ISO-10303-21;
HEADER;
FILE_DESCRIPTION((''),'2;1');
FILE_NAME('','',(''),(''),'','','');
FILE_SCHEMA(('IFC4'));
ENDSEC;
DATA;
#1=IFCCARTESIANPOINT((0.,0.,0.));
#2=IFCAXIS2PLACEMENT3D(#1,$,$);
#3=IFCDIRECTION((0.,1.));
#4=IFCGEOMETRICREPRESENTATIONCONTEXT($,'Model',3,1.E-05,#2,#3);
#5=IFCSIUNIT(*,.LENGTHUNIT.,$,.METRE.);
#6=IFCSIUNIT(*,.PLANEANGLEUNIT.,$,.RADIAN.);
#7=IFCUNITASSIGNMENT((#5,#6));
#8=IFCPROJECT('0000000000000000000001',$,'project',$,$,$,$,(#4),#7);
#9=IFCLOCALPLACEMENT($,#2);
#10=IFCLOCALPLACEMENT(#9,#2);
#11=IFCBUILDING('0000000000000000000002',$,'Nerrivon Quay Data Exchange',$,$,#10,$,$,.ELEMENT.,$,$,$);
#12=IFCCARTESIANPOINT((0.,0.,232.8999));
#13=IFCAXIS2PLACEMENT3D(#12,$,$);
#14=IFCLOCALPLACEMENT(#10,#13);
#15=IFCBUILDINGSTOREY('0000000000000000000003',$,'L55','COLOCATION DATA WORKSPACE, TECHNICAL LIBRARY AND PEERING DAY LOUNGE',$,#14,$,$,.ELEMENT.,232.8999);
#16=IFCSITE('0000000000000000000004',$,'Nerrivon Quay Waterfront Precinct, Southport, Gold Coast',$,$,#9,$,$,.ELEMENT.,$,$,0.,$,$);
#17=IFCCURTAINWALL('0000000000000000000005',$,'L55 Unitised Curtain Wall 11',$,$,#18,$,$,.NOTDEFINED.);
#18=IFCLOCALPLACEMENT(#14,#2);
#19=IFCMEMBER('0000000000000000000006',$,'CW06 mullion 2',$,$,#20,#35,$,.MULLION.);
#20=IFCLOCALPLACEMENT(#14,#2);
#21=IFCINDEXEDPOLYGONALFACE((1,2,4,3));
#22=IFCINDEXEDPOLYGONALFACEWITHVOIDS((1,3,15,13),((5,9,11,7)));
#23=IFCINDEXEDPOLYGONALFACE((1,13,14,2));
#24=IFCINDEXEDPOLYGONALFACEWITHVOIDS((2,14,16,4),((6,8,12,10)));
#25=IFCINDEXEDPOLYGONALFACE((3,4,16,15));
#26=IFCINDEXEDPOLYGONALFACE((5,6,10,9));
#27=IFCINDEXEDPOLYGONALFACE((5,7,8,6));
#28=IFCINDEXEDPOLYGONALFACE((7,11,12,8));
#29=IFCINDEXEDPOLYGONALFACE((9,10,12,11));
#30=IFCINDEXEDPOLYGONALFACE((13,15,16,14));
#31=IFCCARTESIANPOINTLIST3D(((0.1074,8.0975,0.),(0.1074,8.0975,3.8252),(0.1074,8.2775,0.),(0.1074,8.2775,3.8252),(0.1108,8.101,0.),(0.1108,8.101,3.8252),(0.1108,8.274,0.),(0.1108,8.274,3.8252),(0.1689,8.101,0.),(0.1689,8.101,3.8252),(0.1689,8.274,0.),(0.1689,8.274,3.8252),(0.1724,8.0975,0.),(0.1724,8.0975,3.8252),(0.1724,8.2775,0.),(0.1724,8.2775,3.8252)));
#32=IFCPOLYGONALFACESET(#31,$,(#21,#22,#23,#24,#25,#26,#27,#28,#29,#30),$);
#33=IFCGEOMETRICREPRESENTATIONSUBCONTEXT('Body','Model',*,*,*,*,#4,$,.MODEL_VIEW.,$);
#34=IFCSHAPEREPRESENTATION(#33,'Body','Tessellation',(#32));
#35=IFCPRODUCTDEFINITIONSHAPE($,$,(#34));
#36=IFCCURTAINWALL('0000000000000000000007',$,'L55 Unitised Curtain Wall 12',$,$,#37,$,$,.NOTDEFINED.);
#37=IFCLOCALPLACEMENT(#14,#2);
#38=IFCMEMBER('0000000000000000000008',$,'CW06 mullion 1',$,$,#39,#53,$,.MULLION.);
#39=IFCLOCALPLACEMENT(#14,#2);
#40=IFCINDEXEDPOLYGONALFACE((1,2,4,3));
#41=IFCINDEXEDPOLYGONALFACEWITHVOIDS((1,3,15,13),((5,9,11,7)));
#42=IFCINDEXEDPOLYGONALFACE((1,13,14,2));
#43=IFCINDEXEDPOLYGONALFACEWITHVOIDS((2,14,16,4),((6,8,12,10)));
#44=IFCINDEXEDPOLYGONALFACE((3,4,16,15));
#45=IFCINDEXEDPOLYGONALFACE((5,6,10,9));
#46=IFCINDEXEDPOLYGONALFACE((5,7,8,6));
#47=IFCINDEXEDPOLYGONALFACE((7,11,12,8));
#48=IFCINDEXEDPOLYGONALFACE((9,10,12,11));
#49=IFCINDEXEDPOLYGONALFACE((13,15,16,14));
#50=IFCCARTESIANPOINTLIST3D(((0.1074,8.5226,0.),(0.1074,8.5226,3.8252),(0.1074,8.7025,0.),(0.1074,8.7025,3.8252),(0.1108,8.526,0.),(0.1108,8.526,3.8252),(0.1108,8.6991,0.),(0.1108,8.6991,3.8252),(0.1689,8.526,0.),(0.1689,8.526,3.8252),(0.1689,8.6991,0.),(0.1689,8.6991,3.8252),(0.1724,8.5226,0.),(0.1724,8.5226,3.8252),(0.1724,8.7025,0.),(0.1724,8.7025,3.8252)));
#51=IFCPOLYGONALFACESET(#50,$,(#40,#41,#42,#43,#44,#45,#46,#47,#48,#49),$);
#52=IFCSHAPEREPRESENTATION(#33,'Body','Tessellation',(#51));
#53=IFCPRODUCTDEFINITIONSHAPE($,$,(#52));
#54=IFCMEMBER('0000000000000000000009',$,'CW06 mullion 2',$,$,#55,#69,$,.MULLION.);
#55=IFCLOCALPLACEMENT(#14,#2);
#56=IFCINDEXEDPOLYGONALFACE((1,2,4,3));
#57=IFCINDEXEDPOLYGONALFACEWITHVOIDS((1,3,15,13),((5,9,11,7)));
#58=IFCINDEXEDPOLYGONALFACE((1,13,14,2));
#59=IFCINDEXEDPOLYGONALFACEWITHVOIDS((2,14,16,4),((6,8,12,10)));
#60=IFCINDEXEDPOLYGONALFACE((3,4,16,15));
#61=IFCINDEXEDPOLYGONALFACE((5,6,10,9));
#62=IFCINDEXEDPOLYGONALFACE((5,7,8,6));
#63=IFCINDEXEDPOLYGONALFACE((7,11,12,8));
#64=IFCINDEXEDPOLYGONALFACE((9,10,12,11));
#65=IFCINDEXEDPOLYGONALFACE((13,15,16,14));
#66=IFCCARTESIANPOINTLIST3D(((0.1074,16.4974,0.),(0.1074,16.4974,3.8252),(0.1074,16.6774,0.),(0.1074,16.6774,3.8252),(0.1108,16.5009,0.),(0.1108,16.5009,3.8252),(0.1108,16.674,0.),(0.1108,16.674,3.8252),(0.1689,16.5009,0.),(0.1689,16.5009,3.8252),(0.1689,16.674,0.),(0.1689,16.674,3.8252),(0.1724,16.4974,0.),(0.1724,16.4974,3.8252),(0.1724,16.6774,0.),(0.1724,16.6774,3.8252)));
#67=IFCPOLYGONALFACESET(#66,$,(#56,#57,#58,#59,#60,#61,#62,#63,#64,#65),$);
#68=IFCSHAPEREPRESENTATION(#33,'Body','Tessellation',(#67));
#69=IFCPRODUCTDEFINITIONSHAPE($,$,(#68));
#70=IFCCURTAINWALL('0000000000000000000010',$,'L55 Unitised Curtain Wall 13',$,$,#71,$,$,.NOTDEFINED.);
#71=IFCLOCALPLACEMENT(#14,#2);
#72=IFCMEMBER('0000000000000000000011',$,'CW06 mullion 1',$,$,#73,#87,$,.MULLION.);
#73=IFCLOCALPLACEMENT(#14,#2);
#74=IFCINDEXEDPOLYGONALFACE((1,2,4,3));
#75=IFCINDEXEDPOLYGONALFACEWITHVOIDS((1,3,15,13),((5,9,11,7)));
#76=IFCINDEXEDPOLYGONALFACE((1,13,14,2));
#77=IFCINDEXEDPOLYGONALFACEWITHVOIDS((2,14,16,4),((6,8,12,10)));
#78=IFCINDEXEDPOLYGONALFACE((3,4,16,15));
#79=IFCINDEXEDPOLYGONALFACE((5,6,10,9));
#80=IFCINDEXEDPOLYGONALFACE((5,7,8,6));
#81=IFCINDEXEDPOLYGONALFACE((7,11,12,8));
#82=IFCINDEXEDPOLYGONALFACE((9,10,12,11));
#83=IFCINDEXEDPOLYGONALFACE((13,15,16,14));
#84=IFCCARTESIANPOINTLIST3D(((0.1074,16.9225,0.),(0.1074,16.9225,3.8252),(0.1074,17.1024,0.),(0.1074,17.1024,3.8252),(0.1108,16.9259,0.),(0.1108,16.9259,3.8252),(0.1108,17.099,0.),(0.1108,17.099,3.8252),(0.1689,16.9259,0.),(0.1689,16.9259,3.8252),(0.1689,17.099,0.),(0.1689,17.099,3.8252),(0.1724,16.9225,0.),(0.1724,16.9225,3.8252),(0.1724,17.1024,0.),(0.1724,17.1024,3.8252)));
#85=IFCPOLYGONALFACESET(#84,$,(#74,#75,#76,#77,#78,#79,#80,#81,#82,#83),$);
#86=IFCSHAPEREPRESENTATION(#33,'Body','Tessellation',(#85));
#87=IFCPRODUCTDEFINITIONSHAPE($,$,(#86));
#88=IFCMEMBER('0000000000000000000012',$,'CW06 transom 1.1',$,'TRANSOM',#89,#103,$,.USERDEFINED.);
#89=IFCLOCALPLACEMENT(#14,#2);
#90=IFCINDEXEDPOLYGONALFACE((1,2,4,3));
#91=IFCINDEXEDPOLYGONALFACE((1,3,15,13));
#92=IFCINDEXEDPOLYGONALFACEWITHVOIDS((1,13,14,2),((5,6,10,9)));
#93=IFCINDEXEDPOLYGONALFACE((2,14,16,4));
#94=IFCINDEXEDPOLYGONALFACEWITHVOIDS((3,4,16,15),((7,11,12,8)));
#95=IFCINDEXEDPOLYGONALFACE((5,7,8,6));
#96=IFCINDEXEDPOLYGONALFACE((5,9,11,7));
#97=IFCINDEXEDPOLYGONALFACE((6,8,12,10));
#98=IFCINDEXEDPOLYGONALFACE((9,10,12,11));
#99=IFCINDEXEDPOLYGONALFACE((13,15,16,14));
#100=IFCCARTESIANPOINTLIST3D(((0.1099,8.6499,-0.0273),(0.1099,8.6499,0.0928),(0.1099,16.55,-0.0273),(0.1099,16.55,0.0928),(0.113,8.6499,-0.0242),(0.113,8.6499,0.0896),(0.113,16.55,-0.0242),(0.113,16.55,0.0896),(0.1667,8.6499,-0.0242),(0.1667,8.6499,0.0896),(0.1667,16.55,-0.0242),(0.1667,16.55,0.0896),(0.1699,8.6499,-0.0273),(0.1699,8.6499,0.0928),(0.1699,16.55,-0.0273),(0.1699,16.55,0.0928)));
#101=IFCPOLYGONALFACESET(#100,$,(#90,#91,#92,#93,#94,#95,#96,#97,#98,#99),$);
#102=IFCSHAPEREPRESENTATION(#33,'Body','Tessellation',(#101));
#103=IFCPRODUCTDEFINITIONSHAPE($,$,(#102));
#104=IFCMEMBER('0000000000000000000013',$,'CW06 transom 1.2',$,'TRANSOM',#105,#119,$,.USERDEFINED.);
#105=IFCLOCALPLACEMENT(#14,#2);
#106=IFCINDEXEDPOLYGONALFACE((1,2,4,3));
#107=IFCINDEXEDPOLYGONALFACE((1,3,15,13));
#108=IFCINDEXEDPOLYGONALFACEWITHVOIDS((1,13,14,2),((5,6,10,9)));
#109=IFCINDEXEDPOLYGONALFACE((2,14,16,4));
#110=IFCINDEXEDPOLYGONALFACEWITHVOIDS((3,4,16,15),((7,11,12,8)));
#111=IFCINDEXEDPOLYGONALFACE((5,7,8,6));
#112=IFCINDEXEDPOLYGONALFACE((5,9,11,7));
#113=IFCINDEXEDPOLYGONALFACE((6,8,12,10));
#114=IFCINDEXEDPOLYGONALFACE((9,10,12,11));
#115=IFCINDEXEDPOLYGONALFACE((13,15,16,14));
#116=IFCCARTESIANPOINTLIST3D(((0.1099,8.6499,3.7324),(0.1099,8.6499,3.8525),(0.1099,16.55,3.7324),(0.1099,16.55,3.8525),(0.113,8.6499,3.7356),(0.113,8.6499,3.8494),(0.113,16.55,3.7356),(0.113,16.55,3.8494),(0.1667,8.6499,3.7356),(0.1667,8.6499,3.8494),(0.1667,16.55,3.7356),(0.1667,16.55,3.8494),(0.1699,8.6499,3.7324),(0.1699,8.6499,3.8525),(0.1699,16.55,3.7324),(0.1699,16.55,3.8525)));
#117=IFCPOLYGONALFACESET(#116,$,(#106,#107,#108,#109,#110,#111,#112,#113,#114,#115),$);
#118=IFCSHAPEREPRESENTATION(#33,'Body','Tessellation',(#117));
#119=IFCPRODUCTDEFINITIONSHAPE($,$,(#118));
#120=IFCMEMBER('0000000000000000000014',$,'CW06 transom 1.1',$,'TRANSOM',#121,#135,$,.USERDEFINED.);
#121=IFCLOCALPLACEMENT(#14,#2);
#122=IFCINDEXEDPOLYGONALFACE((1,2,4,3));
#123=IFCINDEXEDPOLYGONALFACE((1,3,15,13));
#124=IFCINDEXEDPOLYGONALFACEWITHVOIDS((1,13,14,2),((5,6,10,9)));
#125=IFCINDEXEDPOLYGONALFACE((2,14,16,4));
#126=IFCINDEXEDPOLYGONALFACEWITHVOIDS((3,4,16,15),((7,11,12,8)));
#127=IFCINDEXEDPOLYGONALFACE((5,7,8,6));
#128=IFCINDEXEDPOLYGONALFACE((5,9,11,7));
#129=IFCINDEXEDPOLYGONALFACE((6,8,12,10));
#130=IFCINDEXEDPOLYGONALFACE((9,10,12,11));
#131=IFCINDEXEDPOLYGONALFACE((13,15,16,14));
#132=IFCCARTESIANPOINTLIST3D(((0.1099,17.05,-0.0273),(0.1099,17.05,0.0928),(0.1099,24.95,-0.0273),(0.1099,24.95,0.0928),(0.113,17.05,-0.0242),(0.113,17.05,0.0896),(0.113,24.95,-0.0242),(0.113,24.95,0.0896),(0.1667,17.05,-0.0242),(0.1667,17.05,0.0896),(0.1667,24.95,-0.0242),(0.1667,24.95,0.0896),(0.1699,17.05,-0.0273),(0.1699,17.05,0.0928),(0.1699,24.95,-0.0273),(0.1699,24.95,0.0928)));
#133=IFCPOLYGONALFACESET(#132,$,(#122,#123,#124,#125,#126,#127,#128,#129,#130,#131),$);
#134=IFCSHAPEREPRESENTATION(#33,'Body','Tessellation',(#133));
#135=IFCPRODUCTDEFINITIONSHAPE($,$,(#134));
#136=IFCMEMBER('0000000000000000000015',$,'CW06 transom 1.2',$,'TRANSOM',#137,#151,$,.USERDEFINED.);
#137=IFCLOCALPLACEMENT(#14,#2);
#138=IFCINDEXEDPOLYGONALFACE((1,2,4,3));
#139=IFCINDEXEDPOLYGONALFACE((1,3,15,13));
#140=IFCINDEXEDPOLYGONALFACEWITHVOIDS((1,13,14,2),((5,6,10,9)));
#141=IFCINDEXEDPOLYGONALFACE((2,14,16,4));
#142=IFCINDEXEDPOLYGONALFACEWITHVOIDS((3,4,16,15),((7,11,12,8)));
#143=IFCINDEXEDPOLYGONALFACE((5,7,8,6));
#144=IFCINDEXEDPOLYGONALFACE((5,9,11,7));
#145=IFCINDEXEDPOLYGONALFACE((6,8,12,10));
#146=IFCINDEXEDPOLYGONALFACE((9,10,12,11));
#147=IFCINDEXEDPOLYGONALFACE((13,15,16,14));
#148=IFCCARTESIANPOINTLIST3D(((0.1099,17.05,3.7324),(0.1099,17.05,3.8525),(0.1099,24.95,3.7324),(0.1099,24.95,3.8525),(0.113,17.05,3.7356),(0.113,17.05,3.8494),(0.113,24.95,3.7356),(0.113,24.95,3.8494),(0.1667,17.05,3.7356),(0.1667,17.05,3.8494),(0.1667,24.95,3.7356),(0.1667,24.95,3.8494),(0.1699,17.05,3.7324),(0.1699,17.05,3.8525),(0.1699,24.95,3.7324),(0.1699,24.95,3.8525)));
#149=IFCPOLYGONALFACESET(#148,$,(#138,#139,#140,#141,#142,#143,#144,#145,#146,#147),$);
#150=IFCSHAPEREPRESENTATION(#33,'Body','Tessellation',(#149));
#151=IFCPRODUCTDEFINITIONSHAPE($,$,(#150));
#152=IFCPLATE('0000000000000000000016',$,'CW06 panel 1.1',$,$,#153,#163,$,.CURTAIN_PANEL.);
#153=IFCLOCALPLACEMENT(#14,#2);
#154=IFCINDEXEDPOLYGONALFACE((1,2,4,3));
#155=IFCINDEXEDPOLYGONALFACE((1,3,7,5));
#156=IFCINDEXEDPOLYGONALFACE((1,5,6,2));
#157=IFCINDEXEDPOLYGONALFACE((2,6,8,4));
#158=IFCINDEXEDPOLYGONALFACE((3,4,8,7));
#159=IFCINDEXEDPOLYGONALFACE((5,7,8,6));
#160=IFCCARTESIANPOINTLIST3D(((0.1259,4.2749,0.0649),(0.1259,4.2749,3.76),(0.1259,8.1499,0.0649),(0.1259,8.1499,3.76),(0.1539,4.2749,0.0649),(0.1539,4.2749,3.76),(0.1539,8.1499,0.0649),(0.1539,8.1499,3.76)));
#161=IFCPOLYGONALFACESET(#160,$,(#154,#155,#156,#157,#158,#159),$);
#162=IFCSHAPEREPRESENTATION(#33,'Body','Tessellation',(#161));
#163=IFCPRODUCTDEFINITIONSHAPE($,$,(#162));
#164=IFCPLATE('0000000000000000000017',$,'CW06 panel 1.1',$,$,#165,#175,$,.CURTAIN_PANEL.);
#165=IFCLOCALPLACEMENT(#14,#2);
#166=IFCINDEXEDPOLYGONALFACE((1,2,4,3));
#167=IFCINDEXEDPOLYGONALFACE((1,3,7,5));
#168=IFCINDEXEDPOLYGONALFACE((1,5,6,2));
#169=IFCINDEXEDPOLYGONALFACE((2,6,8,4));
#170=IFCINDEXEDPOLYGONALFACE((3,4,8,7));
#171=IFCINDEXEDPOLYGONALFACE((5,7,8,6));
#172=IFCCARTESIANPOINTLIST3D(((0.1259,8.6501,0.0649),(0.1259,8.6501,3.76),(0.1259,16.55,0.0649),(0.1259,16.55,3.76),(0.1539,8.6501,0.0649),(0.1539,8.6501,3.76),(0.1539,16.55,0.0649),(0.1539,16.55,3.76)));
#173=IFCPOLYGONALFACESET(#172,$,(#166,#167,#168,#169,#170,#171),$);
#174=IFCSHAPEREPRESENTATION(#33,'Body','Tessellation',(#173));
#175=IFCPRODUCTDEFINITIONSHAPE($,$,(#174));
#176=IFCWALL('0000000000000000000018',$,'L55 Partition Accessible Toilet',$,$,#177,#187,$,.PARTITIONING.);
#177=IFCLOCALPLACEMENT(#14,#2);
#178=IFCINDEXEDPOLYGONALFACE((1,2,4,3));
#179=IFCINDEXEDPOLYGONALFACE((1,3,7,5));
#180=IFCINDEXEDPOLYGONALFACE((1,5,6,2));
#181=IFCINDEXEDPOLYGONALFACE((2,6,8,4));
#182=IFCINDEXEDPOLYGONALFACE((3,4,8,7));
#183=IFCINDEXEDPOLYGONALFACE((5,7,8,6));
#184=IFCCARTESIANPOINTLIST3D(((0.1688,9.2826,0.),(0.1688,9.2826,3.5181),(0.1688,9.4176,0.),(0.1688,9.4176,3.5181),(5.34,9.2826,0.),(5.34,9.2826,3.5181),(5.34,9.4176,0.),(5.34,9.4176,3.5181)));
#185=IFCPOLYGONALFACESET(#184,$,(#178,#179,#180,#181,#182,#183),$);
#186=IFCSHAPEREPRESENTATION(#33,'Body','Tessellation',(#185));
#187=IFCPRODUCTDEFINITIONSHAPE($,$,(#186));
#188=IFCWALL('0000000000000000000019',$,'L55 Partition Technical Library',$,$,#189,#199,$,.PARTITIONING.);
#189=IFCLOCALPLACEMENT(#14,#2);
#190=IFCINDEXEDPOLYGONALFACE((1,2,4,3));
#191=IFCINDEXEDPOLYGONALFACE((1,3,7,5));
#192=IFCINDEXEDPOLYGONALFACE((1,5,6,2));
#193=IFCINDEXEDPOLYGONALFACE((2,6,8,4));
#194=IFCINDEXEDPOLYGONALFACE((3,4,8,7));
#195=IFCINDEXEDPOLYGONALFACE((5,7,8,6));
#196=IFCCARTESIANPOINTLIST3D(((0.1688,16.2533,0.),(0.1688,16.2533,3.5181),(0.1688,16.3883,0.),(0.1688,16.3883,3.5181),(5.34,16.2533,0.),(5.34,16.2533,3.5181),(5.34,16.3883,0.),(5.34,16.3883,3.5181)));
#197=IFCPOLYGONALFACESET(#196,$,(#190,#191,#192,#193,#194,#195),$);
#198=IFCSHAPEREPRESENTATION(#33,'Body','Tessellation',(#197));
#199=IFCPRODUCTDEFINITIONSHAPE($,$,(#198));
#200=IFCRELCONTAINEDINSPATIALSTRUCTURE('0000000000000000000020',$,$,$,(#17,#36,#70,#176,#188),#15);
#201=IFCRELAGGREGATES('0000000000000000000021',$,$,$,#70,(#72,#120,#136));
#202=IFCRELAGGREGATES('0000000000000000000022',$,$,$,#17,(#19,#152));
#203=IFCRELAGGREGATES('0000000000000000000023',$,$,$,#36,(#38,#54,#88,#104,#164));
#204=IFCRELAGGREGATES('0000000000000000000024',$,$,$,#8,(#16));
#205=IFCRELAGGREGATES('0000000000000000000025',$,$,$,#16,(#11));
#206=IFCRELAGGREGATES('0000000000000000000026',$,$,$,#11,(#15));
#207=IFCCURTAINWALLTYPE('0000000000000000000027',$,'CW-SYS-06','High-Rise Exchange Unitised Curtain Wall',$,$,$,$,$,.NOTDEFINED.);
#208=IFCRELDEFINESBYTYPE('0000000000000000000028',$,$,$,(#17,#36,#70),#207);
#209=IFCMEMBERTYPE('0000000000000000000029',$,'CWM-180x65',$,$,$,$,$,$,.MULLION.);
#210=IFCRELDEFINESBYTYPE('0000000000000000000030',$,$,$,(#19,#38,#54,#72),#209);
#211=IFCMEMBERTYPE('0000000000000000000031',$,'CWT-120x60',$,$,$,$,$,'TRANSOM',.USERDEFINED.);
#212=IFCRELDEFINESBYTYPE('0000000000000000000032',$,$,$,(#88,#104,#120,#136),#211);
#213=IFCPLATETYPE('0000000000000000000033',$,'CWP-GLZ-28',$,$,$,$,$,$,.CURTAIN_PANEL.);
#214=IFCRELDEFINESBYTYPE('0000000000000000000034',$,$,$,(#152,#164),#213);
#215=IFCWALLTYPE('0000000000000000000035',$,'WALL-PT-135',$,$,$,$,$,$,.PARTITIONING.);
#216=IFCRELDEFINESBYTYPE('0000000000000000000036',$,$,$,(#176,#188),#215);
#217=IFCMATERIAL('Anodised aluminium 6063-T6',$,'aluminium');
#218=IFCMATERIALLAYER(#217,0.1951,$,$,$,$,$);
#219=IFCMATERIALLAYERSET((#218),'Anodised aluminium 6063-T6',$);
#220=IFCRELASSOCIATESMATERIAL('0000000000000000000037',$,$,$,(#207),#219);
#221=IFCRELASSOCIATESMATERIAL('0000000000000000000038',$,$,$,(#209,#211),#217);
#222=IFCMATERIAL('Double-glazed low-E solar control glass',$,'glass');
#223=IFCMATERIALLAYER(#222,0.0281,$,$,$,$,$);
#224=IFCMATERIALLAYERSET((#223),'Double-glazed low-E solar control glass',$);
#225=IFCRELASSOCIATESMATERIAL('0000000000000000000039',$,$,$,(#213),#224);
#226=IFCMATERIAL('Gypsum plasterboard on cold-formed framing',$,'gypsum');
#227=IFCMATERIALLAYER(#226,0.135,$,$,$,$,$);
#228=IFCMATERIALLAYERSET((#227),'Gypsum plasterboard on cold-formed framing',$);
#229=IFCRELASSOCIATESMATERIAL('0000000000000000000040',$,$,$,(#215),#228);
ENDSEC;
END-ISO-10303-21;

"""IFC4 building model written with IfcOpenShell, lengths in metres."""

from ifc_helpers import new_model, si_unit, direction, frame, frame_2d, origin, origin_2d, place, context, subcontext, project, spatial, rectangle, hollow_rectangle, extrude, material, layer, layer_set, material_profile, profile_set, type_object, element, aggregate, save


model = new_model("IFC4")

# Units and contexts
model_context = context("Model", 3, precision=1e-05, world=origin(), true_north=direction((0.0, 1.0)))
body_context = subcontext(model_context, "Body", "Model", "MODEL_VIEW")
ifc_project = project(units=[si_unit("LENGTHUNIT", "METRE"), si_unit("PLANEANGLEUNIT", "RADIAN")], contexts=[model_context])

# Site, building, storey
site_placement = place(None, origin())
site = spatial("IfcSite", under=ifc_project, at=site_placement, Name="Nerrivon Quay Waterfront Precinct, Southport, Gold Coast", CompositionType="ELEMENT", RefElevation=0.0)
building_placement = place(site_placement, origin())
building = spatial("IfcBuilding", under=site, at=building_placement, Name="Nerrivon Quay Data Exchange", CompositionType="ELEMENT")
storey_placement = place(building_placement, frame((0.0, 0.0, 232.8999)))
storey = spatial("IfcBuildingStorey", under=building, at=storey_placement, Name="L55", Description="COLOCATION DATA WORKSPACE, TECHNICAL LIBRARY AND PEERING DAY LOUNGE", CompositionType="ELEMENT", Elevation=232.8999)

# Curtain wall, member
ifc_material_1 = material(Name="Anodised aluminium 6063-T6", Category="aluminium")
ifc_layer_1 = layer(ifc_material_1, 0.1951)
ifc_layer_set_1 = layer_set([ifc_layer_1], Name="Anodised aluminium 6063-T6")
curtain_wall_type = type_object("IfcCurtainWallType", Name="CW-SYS-06", Description="High-Rise Exchange Unitised Curtain Wall", PredefinedType="NOTDEFINED", material=ifc_layer_set_1)
curtain_wall_1_placement = place(storey_placement, origin())
curtain_wall_1 = element("IfcCurtainWall", 1, at=curtain_wall_1_placement, inside=storey, type_object=curtain_wall_type, Name="L55 Unitised Curtain Wall 11", PredefinedType="NOTDEFINED")
ifc_material_profile_1 = material_profile(ifc_material_1, hollow_rectangle(XDim=0.0649, YDim=0.1799, WallThickness=0.0034, at=origin_2d()), Name="ALU-MULL-180x65")
ifc_profile_set_1 = profile_set([ifc_material_profile_1], Name="Anodised aluminium 6063-T6")
member_type_1 = type_object("IfcMemberType", Name="CWM-180x65", PredefinedType="MULLION", material=ifc_profile_set_1)
member_1_placement = place(storey_placement, frame((0.1399, 8.1875, 0.0), z_axis=(0.0, 0.0, 1.0), x_axis=(-1.0, 0.0, 0.0)))
member_1 = element("IfcMember", 2, at=member_1_placement, type_object=member_type_1, Name="CW06 mullion 2", PredefinedType="MULLION", context=body_context, shape_type="SweptSolid", body=[
    extrude(hollow_rectangle(XDim=0.0649, YDim=0.1799, WallThickness=0.0034, at=origin_2d()), origin(), (0.0, 0.0, 1.0), 3.8252),
])

# Curtain wall, members
curtain_wall_2_placement = place(storey_placement, origin())
curtain_wall_2 = element("IfcCurtainWall", 3, at=curtain_wall_2_placement, inside=storey, type_object=curtain_wall_type, Name="L55 Unitised Curtain Wall 12", PredefinedType="NOTDEFINED")
member_2_placement = place(storey_placement, frame((0.1399, 8.6125, 0.0), z_axis=(0.0, 0.0, 1.0), x_axis=(-1.0, 0.0, 0.0)))
member_2 = element("IfcMember", 4, at=member_2_placement, type_object=member_type_1, Name="CW06 mullion 1", PredefinedType="MULLION", context=body_context, shape_type="SweptSolid", body=[
    extrude(hollow_rectangle(XDim=0.0649, YDim=0.1799, WallThickness=0.0034, at=origin_2d()), origin(), (0.0, 0.0, 1.0), 3.8252),
])
member_3_placement = place(storey_placement, frame((0.1399, 16.5874, 0.0), z_axis=(0.0, 0.0, 1.0), x_axis=(-1.0, 0.0, 0.0)))
member_3 = element("IfcMember", 5, at=member_3_placement, type_object=member_type_1, Name="CW06 mullion 2", PredefinedType="MULLION", context=body_context, shape_type="SweptSolid", body=[
    extrude(hollow_rectangle(XDim=0.0649, YDim=0.1799, WallThickness=0.0034, at=origin_2d()), origin(), (0.0, 0.0, 1.0), 3.8252),
])

# Curtain wall, member
curtain_wall_3_placement = place(storey_placement, origin())
curtain_wall_3 = element("IfcCurtainWall", 6, at=curtain_wall_3_placement, inside=storey, type_object=curtain_wall_type, Name="L55 Unitised Curtain Wall 13", PredefinedType="NOTDEFINED")
member_4_placement = place(storey_placement, frame((0.1399, 17.0125, 0.0), z_axis=(0.0, 0.0, 1.0), x_axis=(-1.0, 0.0, 0.0)))
member_4 = element("IfcMember", 7, at=member_4_placement, type_object=member_type_1, Name="CW06 mullion 1", PredefinedType="MULLION", context=body_context, shape_type="SweptSolid", body=[
    extrude(hollow_rectangle(XDim=0.0649, YDim=0.1799, WallThickness=0.0034, at=origin_2d()), origin(), (0.0, 0.0, 1.0), 3.8252),
])

# Members
ifc_material_profile_2 = material_profile(ifc_material_1, hollow_rectangle(XDim=0.0601, YDim=0.1201, WallThickness=0.0032, at=origin_2d()), Name="ALU-TRAN-120x60")
ifc_profile_set_2 = profile_set([ifc_material_profile_2], Name="Anodised aluminium 6063-T6")
member_type_2 = type_object("IfcMemberType", Name="CWT-120x60", ElementType="TRANSOM", PredefinedType="USERDEFINED", material=ifc_profile_set_2)
member_5_placement = place(storey_placement, frame((0.1399, 8.6499, 0.0327), z_axis=(0.0, 1.0, 0.0), x_axis=(-1.0, 0.0, 0.0)))
member_5 = element("IfcMember", 8, at=member_5_placement, type_object=member_type_2, Name="CW06 transom 1.1", ObjectType="TRANSOM", PredefinedType="USERDEFINED", context=body_context, shape_type="SweptSolid", body=[
    extrude(hollow_rectangle(XDim=0.0601, YDim=0.1201, WallThickness=0.0032, at=origin_2d()), origin(), (0.0, 0.0, 1.0), 7.9001),
])
member_6_placement = place(storey_placement, frame((0.1399, 8.6499, 3.7925), z_axis=(0.0, 1.0, 0.0), x_axis=(-1.0, 0.0, 0.0)))
member_6 = element("IfcMember", 9, at=member_6_placement, type_object=member_type_2, Name="CW06 transom 1.2", ObjectType="TRANSOM", PredefinedType="USERDEFINED", context=body_context, shape_type="SweptSolid", body=[
    extrude(hollow_rectangle(XDim=0.0601, YDim=0.1201, WallThickness=0.0032, at=origin_2d()), origin(), (0.0, 0.0, 1.0), 7.9001),
])
member_7_placement = place(storey_placement, frame((0.1399, 17.05, 0.0327), z_axis=(0.0, 1.0, 0.0), x_axis=(-1.0, 0.0, 0.0)))
member_7 = element("IfcMember", 10, at=member_7_placement, type_object=member_type_2, Name="CW06 transom 1.1", ObjectType="TRANSOM", PredefinedType="USERDEFINED", context=body_context, shape_type="SweptSolid", body=[
    extrude(hollow_rectangle(XDim=0.0601, YDim=0.1201, WallThickness=0.0032, at=origin_2d()), origin(), (0.0, 0.0, 1.0), 7.8999),
])
member_8_placement = place(storey_placement, frame((0.1399, 17.05, 3.7925), z_axis=(0.0, 1.0, 0.0), x_axis=(-1.0, 0.0, 0.0)))
member_8 = element("IfcMember", 11, at=member_8_placement, type_object=member_type_2, Name="CW06 transom 1.2", ObjectType="TRANSOM", PredefinedType="USERDEFINED", context=body_context, shape_type="SweptSolid", body=[
    extrude(hollow_rectangle(XDim=0.0601, YDim=0.1201, WallThickness=0.0032, at=origin_2d()), origin(), (0.0, 0.0, 1.0), 7.8999),
])
aggregate(curtain_wall_3, [member_4, member_7, member_8])

# Plates
ifc_material_2 = material(Name="Double-glazed low-E solar control glass", Category="glass")
ifc_layer_2 = layer(ifc_material_2, 0.0281)
ifc_layer_set_2 = layer_set([ifc_layer_2], Name="Double-glazed low-E solar control glass")
plate_type = type_object("IfcPlateType", Name="CWP-GLZ-28", PredefinedType="CURTAIN_PANEL", material=ifc_layer_set_2)
plate_1_placement = place(storey_placement, frame((0.1399, 6.2124, 0.0649), z_axis=(0.0, 0.0, 1.0), x_axis=(0.0, 1.0, 0.0)))
plate_1 = element("IfcPlate", 12, at=plate_1_placement, type_object=plate_type, Name="CW06 panel 1.1", PredefinedType="CURTAIN_PANEL", context=body_context, shape_type="SweptSolid", body=[
    extrude(rectangle(XDim=3.875, YDim=0.0281, at=origin_2d()), origin(), (0.0, 0.0, 1.0), 3.6951),
])
aggregate(curtain_wall_1, [member_1, plate_1])
plate_2_placement = place(storey_placement, frame((0.1399, 12.6001, 0.0649), z_axis=(0.0, 0.0, 1.0), x_axis=(0.0, 1.0, 0.0)))
plate_2 = element("IfcPlate", 13, at=plate_2_placement, type_object=plate_type, Name="CW06 panel 1.1", PredefinedType="CURTAIN_PANEL", context=body_context, shape_type="SweptSolid", body=[
    extrude(rectangle(XDim=7.8999, YDim=0.0281, at=origin_2d()), origin(), (0.0, 0.0, 1.0), 3.6951),
])
aggregate(curtain_wall_2, [member_2, member_3, member_5, member_6, plate_2])

# Walls
ifc_material_3 = material(Name="Gypsum plasterboard on cold-formed framing", Category="gypsum")
ifc_layer_3 = layer(ifc_material_3, 0.135)
ifc_layer_set_3 = layer_set([ifc_layer_3], Name="Gypsum plasterboard on cold-formed framing")
wall_type = type_object("IfcWallType", Name="WALL-PT-135", PredefinedType="PARTITIONING", material=ifc_layer_set_3)
for number, where, z_axis, x_axis, name in (
    (14, (0.1689, 9.3501, 0.0), (0.0, 0.0, 1.0), (1.0, 0.0, 0.0), "L55 Partition Accessible Toilet"),
    (15, (0.1689, 16.3208, 0.0), (0.0, 0.0, 1.0), (1.0, 0.0, 0.0), "L55 Partition Technical Library"),
):
    element("IfcWall", number, at=place(storey_placement, frame(where, z_axis=z_axis, x_axis=x_axis)), inside=storey, type_object=wall_type, Name=name, PredefinedType="PARTITIONING", context=body_context, shape_type="SweptSolid", body=[
        extrude(rectangle(XDim=5.1711, YDim=0.135, at=frame_2d((2.5854, 0.0))), origin(), (0.0, 0.0, 1.0), 3.5181),
    ])

save(model, "model.ifc")
